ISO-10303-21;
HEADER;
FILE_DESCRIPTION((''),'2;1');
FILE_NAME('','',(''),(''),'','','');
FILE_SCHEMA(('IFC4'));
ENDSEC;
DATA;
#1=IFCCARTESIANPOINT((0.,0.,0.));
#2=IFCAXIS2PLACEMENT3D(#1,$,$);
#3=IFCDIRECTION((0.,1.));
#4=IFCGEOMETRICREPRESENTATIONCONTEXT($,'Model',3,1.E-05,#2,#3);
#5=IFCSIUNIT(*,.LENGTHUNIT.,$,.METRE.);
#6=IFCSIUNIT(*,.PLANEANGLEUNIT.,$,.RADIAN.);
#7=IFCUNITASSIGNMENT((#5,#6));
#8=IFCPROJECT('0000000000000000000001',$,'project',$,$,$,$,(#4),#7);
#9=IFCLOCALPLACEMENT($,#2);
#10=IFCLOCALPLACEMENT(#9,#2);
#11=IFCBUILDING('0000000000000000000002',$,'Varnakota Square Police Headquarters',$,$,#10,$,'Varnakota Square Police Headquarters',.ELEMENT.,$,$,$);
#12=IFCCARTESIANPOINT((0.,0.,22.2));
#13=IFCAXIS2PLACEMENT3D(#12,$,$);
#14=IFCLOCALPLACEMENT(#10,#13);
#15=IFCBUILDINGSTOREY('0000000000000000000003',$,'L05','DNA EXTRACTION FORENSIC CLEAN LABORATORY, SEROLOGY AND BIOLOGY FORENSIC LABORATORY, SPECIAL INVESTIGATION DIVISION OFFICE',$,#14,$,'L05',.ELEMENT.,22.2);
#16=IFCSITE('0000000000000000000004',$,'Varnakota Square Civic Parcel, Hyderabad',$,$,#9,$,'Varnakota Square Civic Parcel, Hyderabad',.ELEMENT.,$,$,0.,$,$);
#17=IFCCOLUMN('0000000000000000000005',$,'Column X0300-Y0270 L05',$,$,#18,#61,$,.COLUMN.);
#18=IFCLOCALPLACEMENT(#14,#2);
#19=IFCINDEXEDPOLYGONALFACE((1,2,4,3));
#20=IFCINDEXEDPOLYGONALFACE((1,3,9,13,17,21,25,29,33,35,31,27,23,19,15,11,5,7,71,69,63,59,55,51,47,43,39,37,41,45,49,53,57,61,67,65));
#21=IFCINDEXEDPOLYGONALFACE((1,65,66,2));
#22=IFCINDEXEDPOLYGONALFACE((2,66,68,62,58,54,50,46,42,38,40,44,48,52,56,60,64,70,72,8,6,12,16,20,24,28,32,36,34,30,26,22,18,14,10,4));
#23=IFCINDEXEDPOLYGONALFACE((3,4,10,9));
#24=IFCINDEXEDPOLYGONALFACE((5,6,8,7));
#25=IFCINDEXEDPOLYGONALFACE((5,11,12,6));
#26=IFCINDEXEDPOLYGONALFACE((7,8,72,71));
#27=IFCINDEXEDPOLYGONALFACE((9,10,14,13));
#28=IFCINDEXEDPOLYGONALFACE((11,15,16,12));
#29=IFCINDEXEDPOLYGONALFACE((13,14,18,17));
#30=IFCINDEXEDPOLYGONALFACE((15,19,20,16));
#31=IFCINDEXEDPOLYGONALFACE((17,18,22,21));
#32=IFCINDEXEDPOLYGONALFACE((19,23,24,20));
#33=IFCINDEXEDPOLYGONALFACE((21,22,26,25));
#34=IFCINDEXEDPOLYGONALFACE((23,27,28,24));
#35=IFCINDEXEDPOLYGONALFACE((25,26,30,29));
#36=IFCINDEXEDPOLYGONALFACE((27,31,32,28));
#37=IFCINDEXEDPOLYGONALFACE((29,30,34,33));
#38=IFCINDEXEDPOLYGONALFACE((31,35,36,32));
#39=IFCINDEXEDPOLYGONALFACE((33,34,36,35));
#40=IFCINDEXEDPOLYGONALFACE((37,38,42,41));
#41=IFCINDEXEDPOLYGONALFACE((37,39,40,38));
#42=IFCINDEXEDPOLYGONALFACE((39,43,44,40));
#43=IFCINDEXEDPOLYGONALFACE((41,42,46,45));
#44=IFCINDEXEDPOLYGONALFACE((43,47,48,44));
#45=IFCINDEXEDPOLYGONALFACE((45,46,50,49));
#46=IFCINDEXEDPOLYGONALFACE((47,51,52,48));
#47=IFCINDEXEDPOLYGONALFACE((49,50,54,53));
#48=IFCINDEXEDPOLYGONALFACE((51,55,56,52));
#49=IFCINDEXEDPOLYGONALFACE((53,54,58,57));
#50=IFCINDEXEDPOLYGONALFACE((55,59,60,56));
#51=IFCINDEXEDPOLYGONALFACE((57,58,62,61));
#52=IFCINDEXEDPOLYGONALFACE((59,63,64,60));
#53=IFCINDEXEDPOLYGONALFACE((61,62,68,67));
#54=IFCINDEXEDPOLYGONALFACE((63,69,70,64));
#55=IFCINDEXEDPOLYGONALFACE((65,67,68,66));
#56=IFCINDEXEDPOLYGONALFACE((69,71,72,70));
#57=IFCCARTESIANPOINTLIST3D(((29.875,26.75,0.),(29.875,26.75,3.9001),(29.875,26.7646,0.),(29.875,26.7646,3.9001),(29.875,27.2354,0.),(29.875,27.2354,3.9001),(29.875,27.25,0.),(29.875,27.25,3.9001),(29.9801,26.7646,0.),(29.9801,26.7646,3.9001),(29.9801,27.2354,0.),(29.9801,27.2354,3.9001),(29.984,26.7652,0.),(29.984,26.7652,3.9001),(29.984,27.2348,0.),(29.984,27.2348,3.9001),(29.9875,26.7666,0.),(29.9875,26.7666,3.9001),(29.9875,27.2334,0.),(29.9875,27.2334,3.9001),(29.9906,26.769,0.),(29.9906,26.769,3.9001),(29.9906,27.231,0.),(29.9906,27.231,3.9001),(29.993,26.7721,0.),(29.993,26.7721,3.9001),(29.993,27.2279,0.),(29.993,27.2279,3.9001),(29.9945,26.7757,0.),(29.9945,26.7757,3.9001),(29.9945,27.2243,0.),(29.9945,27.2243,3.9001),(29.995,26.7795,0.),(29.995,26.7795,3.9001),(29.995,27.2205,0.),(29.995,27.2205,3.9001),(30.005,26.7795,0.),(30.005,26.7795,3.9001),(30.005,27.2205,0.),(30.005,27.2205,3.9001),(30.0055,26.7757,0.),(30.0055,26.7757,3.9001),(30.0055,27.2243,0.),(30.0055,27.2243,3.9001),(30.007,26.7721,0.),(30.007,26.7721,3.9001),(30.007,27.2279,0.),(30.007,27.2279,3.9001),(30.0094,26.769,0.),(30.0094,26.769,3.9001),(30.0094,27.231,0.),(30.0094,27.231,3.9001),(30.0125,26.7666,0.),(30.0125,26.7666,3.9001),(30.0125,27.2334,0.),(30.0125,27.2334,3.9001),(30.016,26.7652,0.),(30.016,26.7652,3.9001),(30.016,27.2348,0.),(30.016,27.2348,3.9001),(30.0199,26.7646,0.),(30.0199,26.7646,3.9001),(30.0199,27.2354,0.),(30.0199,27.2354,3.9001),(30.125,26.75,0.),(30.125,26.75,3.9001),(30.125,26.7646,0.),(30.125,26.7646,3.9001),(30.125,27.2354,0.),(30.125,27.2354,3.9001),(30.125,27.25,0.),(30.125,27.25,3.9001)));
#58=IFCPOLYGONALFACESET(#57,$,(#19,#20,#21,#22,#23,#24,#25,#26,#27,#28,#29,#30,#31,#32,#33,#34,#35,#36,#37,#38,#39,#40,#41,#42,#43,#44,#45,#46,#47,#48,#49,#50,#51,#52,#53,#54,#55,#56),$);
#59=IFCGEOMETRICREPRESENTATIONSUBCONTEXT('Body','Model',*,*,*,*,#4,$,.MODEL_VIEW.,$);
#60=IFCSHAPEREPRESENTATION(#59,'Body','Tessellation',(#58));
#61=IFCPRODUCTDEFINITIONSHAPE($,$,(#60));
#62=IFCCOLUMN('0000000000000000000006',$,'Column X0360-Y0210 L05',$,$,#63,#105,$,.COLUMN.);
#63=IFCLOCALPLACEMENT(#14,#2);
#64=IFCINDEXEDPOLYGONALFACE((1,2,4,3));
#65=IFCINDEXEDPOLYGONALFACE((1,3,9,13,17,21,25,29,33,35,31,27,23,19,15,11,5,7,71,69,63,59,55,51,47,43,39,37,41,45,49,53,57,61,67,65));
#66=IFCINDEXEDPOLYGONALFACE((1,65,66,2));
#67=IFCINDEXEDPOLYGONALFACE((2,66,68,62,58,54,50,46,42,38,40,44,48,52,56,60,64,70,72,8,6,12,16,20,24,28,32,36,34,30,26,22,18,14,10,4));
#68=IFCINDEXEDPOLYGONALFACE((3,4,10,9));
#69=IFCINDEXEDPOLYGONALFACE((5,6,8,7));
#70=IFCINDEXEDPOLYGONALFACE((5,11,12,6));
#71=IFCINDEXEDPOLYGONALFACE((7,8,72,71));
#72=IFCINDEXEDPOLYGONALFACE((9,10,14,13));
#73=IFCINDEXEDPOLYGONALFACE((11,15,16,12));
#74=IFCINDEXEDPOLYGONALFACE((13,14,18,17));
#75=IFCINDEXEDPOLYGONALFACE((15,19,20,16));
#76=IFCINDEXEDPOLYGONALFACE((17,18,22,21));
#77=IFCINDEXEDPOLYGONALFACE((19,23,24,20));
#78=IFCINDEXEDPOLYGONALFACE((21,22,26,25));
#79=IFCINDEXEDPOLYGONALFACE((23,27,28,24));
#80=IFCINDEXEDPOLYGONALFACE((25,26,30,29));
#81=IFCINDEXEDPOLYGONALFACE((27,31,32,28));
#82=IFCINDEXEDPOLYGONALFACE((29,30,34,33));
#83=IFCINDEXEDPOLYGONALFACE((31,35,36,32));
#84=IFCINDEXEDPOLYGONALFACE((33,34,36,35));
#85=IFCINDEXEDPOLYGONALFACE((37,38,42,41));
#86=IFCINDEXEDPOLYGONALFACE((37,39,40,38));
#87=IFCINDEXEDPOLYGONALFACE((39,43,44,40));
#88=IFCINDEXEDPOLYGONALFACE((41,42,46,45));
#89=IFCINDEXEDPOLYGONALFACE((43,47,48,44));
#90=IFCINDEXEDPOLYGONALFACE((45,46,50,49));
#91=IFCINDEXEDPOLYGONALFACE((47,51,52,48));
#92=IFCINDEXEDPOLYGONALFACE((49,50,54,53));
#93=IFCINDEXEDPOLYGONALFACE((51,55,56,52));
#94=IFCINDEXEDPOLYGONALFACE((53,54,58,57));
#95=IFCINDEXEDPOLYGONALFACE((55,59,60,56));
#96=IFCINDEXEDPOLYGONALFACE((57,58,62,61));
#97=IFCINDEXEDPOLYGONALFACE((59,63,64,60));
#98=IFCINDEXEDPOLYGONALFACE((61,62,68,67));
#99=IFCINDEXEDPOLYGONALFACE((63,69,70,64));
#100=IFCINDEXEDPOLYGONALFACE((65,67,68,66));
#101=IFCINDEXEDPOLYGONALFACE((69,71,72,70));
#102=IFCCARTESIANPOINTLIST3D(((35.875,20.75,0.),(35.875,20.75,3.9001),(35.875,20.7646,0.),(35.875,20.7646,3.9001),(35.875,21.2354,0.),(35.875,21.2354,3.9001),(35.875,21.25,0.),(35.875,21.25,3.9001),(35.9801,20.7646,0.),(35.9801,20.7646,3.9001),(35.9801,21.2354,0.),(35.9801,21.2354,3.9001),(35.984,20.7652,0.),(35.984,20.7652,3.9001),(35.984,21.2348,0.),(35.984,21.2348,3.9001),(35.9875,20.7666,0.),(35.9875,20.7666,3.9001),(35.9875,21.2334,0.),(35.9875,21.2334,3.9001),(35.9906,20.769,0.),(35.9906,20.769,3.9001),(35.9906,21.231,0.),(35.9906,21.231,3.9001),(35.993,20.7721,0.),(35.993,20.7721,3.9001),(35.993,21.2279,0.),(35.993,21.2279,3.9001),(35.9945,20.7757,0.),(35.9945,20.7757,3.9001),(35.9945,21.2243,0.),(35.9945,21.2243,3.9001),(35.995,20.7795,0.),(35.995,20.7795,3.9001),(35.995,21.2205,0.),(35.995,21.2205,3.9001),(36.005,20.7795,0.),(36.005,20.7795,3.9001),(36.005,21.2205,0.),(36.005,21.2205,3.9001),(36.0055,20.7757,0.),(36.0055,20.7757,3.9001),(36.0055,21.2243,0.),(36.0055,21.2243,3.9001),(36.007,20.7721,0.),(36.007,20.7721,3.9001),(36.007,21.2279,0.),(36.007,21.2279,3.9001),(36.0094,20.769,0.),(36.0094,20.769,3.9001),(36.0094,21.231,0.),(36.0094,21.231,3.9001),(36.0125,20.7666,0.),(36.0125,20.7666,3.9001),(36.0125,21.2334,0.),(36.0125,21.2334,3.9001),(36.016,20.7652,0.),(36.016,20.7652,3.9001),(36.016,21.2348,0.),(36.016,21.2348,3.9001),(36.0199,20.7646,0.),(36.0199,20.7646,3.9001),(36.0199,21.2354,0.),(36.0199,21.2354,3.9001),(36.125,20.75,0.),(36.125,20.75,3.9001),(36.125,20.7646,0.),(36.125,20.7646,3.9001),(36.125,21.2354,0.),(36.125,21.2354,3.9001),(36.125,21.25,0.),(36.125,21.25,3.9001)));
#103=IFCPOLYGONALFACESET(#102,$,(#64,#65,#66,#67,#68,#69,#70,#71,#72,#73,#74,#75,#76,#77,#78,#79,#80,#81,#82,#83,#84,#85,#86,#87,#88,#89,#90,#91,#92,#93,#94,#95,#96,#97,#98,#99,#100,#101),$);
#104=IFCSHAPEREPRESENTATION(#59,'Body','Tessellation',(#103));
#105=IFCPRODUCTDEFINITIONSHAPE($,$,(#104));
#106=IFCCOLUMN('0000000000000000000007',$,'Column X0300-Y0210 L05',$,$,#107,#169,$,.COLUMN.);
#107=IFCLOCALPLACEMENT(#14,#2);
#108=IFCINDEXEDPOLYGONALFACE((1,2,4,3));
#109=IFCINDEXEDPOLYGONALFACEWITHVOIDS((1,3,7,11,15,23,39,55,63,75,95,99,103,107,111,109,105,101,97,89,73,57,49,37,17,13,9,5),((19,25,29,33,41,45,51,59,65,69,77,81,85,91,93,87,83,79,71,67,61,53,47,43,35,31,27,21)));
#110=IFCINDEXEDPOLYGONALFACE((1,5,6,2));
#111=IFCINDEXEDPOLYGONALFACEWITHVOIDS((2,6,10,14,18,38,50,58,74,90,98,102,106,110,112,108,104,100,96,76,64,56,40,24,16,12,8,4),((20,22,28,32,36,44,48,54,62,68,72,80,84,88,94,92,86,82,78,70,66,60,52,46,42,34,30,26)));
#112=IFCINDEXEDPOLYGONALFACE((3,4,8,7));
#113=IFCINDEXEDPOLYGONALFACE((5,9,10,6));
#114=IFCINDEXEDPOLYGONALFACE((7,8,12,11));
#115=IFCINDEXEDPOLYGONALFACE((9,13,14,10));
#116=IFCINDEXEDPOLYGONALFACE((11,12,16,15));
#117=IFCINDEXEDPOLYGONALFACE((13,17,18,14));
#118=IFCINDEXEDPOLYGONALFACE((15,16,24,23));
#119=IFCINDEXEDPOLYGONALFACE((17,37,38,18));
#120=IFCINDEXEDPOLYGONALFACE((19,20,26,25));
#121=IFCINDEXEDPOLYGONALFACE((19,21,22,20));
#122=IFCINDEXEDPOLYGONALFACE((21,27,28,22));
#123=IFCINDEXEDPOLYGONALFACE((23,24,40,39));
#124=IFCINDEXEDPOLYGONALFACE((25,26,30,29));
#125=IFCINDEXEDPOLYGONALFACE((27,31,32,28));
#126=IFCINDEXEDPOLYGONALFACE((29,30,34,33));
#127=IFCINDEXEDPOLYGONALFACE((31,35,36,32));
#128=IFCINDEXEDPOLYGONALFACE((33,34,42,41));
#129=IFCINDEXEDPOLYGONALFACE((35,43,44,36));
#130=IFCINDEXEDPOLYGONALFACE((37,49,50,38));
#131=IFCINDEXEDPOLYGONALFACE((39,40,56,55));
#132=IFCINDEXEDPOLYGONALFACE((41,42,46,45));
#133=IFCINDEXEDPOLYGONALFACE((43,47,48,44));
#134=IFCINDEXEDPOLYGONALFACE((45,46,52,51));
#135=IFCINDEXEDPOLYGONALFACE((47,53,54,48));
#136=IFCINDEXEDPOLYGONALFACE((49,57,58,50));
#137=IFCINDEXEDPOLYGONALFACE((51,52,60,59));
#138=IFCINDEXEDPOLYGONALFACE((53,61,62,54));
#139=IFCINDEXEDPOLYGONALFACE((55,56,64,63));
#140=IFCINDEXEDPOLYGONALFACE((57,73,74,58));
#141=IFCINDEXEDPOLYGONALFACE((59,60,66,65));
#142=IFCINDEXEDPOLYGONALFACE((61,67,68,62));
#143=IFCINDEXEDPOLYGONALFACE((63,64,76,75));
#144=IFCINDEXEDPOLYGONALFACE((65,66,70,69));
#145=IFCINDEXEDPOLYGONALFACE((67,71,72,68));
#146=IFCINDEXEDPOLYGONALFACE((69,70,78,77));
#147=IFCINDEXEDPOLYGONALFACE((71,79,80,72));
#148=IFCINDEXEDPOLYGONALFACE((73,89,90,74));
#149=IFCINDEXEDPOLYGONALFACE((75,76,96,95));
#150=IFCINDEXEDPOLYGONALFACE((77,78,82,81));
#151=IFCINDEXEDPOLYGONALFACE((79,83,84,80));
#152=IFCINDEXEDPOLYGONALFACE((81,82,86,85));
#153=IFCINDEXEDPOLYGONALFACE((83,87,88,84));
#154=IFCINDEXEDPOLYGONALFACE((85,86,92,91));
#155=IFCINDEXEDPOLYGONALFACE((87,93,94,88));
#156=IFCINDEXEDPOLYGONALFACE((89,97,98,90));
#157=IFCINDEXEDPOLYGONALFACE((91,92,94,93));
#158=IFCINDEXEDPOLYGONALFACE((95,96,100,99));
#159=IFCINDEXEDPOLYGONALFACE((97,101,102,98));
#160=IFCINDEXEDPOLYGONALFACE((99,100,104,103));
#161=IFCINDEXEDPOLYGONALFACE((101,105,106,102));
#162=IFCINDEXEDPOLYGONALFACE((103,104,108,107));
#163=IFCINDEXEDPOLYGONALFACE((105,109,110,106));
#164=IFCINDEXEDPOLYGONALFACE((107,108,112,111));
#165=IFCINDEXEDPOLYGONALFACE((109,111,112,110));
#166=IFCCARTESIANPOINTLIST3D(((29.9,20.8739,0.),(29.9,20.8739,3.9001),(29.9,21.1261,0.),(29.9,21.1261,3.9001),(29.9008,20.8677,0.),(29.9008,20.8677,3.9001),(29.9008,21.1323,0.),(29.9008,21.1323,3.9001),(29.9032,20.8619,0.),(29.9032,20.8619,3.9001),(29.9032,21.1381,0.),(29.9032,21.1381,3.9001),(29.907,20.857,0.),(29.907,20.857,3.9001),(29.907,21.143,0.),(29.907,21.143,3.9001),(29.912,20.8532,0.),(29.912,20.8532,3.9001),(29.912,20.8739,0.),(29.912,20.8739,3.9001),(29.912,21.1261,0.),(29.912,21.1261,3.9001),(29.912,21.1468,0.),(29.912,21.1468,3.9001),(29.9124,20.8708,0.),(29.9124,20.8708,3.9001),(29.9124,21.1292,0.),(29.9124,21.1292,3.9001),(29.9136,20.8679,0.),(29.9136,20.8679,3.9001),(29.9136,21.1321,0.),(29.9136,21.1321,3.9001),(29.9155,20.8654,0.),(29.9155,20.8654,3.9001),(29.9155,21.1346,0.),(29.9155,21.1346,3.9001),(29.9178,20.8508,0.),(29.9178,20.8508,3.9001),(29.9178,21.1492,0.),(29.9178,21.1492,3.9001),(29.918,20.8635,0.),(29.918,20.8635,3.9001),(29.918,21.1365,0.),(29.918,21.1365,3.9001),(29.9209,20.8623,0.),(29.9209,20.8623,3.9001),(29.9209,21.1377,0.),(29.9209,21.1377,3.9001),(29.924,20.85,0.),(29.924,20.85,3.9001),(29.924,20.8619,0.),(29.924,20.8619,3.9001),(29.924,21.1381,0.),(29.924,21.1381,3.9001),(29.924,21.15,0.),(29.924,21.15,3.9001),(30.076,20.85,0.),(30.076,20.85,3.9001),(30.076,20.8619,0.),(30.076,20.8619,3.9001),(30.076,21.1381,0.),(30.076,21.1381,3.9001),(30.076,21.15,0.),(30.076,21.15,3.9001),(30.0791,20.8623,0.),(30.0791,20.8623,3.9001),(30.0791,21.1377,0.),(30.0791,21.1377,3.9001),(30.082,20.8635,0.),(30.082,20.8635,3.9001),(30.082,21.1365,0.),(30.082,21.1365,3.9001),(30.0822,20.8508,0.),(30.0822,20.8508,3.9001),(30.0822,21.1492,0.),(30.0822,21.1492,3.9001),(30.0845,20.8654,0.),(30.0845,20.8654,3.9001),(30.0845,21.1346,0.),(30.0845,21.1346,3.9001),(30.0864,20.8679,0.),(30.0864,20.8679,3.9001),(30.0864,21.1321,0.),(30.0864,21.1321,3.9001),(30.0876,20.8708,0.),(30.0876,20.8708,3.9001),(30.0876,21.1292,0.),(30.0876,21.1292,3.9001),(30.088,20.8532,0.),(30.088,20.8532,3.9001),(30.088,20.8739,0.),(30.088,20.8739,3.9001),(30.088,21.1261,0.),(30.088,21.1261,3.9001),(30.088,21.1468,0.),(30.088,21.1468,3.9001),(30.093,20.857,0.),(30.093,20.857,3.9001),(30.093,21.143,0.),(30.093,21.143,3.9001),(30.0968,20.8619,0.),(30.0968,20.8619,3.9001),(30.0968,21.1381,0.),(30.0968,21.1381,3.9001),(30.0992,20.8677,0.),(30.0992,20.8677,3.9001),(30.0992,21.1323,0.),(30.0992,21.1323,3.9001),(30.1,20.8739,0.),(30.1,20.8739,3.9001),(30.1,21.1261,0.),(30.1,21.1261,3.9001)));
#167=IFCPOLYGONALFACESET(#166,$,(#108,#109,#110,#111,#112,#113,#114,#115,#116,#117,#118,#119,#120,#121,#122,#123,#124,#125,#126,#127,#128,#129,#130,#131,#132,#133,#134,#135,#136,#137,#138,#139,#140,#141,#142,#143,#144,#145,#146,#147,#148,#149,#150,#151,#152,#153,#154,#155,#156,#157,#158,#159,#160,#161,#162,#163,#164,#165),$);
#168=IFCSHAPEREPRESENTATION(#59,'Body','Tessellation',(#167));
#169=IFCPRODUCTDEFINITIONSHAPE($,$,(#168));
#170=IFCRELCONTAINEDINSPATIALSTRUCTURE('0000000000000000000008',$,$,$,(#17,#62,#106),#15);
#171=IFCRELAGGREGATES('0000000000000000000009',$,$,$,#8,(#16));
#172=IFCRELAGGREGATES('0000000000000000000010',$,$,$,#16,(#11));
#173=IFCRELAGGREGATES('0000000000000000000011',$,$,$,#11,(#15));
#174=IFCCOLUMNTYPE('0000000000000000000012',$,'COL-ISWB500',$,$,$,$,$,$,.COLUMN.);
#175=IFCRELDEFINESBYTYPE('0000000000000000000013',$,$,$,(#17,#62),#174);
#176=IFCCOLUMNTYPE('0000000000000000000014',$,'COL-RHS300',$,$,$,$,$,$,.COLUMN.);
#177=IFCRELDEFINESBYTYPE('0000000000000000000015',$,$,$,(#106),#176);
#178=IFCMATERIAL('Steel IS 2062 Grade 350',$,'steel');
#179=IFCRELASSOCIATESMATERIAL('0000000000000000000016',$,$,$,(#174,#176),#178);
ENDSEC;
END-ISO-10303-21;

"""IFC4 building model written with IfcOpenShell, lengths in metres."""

from ifc_helpers import new_model, si_unit, direction, frame, origin, origin_2d, place, context, subcontext, project, spatial, hollow_rectangle, i_section, extrude, material, material_profile, profile_set, type_object, element, save


model = new_model("IFC4")

# Units and contexts
model_context = context("Model", 3, precision=1e-05, world=origin(), true_north=direction((0.0, 1.0)))
body_context = subcontext(model_context, "Body", "Model", "MODEL_VIEW")
ifc_project = project(units=[si_unit("LENGTHUNIT", "METRE"), si_unit("PLANEANGLEUNIT", "RADIAN")], contexts=[model_context])

# Site, building, storey
site_placement = place(None, origin())
site = spatial("IfcSite", under=ifc_project, at=site_placement, Name="Varnakota Square Civic Parcel, Hyderabad", LongName="Varnakota Square Civic Parcel, Hyderabad", CompositionType="ELEMENT", RefElevation=0.0)
building_placement = place(site_placement, origin())
building = spatial("IfcBuilding", under=site, at=building_placement, Name="Varnakota Square Police Headquarters", LongName="Varnakota Square Police Headquarters", CompositionType="ELEMENT")
storey_placement = place(building_placement, frame((0.0, 0.0, 22.2)))
storey = spatial("IfcBuildingStorey", under=building, at=storey_placement, Name="L05", Description="DNA EXTRACTION FORENSIC CLEAN LABORATORY, SEROLOGY AND BIOLOGY FORENSIC LABORATORY, SPECIAL INVESTIGATION DIVISION OFFICE", LongName="L05", CompositionType="ELEMENT", Elevation=22.2)

# Columns
ifc_material_1 = material(Name="Steel IS 2062 Grade 350", Category="steel")
ifc_material_profile_1 = material_profile(ifc_material_1, i_section(OverallWidth=0.25, OverallDepth=0.5, WebThickness=0.01, FlangeThickness=0.0146, FilletRadius=0.0149, at=origin_2d()), Name="ISWB 500")
ifc_profile_set_1 = profile_set([ifc_material_profile_1], Name="Steel IS 2062 Grade 350")
column_type_1 = type_object("IfcColumnType", Name="COL-ISWB500", PredefinedType="COLUMN", material=ifc_profile_set_1)
for number, where, z_axis, x_axis, name in (
    (1, (30.0, 27.0, 0.0), (0.0, 0.0, 1.0), (1.0, 0.0, 0.0), "Column X0300-Y0270 L05"),
    (2, (36.0, 21.0, 0.0), (0.0, 0.0, 1.0), (1.0, 0.0, 0.0), "Column X0360-Y0210 L05"),
):
    element("IfcColumn", number, at=place(storey_placement, frame(where, z_axis=z_axis, x_axis=x_axis)), inside=storey, type_object=column_type_1, Name=name, PredefinedType="COLUMN", context=body_context, shape_type="SweptSolid", body=[
        extrude(i_section(OverallWidth=0.25, OverallDepth=0.5, WebThickness=0.01, FlangeThickness=0.0146, FilletRadius=0.0149, at=origin_2d()), origin(), (0.0, 0.0, 1.0), 3.9001),
    ])
ifc_material_profile_2 = material_profile(ifc_material_1, hollow_rectangle(XDim=0.2, YDim=0.3, WallThickness=0.012, InnerFilletRadius=0.012, OuterFilletRadius=0.0239, at=origin_2d()), Name="RHS 300x200x12")
ifc_profile_set_2 = profile_set([ifc_material_profile_2], Name="Steel IS 2062 Grade 350")
column_type_2 = type_object("IfcColumnType", Name="COL-RHS300", PredefinedType="COLUMN", material=ifc_profile_set_2)
for number, where, z_axis, x_axis, name in (
    (3, (30.0, 21.0, 0.0), (0.0, 0.0, 1.0), (1.0, 0.0, 0.0), "Column X0300-Y0210 L05"),
):
    element("IfcColumn", number, at=place(storey_placement, frame(where, z_axis=z_axis, x_axis=x_axis)), inside=storey, type_object=column_type_2, Name=name, PredefinedType="COLUMN", context=body_context, shape_type="SweptSolid", body=[
        extrude(hollow_rectangle(XDim=0.2, YDim=0.3, WallThickness=0.012, InnerFilletRadius=0.012, OuterFilletRadius=0.0239, at=origin_2d()), origin(), (0.0, 0.0, 1.0), 3.9001),
    ])

save(model, "model.ifc")
